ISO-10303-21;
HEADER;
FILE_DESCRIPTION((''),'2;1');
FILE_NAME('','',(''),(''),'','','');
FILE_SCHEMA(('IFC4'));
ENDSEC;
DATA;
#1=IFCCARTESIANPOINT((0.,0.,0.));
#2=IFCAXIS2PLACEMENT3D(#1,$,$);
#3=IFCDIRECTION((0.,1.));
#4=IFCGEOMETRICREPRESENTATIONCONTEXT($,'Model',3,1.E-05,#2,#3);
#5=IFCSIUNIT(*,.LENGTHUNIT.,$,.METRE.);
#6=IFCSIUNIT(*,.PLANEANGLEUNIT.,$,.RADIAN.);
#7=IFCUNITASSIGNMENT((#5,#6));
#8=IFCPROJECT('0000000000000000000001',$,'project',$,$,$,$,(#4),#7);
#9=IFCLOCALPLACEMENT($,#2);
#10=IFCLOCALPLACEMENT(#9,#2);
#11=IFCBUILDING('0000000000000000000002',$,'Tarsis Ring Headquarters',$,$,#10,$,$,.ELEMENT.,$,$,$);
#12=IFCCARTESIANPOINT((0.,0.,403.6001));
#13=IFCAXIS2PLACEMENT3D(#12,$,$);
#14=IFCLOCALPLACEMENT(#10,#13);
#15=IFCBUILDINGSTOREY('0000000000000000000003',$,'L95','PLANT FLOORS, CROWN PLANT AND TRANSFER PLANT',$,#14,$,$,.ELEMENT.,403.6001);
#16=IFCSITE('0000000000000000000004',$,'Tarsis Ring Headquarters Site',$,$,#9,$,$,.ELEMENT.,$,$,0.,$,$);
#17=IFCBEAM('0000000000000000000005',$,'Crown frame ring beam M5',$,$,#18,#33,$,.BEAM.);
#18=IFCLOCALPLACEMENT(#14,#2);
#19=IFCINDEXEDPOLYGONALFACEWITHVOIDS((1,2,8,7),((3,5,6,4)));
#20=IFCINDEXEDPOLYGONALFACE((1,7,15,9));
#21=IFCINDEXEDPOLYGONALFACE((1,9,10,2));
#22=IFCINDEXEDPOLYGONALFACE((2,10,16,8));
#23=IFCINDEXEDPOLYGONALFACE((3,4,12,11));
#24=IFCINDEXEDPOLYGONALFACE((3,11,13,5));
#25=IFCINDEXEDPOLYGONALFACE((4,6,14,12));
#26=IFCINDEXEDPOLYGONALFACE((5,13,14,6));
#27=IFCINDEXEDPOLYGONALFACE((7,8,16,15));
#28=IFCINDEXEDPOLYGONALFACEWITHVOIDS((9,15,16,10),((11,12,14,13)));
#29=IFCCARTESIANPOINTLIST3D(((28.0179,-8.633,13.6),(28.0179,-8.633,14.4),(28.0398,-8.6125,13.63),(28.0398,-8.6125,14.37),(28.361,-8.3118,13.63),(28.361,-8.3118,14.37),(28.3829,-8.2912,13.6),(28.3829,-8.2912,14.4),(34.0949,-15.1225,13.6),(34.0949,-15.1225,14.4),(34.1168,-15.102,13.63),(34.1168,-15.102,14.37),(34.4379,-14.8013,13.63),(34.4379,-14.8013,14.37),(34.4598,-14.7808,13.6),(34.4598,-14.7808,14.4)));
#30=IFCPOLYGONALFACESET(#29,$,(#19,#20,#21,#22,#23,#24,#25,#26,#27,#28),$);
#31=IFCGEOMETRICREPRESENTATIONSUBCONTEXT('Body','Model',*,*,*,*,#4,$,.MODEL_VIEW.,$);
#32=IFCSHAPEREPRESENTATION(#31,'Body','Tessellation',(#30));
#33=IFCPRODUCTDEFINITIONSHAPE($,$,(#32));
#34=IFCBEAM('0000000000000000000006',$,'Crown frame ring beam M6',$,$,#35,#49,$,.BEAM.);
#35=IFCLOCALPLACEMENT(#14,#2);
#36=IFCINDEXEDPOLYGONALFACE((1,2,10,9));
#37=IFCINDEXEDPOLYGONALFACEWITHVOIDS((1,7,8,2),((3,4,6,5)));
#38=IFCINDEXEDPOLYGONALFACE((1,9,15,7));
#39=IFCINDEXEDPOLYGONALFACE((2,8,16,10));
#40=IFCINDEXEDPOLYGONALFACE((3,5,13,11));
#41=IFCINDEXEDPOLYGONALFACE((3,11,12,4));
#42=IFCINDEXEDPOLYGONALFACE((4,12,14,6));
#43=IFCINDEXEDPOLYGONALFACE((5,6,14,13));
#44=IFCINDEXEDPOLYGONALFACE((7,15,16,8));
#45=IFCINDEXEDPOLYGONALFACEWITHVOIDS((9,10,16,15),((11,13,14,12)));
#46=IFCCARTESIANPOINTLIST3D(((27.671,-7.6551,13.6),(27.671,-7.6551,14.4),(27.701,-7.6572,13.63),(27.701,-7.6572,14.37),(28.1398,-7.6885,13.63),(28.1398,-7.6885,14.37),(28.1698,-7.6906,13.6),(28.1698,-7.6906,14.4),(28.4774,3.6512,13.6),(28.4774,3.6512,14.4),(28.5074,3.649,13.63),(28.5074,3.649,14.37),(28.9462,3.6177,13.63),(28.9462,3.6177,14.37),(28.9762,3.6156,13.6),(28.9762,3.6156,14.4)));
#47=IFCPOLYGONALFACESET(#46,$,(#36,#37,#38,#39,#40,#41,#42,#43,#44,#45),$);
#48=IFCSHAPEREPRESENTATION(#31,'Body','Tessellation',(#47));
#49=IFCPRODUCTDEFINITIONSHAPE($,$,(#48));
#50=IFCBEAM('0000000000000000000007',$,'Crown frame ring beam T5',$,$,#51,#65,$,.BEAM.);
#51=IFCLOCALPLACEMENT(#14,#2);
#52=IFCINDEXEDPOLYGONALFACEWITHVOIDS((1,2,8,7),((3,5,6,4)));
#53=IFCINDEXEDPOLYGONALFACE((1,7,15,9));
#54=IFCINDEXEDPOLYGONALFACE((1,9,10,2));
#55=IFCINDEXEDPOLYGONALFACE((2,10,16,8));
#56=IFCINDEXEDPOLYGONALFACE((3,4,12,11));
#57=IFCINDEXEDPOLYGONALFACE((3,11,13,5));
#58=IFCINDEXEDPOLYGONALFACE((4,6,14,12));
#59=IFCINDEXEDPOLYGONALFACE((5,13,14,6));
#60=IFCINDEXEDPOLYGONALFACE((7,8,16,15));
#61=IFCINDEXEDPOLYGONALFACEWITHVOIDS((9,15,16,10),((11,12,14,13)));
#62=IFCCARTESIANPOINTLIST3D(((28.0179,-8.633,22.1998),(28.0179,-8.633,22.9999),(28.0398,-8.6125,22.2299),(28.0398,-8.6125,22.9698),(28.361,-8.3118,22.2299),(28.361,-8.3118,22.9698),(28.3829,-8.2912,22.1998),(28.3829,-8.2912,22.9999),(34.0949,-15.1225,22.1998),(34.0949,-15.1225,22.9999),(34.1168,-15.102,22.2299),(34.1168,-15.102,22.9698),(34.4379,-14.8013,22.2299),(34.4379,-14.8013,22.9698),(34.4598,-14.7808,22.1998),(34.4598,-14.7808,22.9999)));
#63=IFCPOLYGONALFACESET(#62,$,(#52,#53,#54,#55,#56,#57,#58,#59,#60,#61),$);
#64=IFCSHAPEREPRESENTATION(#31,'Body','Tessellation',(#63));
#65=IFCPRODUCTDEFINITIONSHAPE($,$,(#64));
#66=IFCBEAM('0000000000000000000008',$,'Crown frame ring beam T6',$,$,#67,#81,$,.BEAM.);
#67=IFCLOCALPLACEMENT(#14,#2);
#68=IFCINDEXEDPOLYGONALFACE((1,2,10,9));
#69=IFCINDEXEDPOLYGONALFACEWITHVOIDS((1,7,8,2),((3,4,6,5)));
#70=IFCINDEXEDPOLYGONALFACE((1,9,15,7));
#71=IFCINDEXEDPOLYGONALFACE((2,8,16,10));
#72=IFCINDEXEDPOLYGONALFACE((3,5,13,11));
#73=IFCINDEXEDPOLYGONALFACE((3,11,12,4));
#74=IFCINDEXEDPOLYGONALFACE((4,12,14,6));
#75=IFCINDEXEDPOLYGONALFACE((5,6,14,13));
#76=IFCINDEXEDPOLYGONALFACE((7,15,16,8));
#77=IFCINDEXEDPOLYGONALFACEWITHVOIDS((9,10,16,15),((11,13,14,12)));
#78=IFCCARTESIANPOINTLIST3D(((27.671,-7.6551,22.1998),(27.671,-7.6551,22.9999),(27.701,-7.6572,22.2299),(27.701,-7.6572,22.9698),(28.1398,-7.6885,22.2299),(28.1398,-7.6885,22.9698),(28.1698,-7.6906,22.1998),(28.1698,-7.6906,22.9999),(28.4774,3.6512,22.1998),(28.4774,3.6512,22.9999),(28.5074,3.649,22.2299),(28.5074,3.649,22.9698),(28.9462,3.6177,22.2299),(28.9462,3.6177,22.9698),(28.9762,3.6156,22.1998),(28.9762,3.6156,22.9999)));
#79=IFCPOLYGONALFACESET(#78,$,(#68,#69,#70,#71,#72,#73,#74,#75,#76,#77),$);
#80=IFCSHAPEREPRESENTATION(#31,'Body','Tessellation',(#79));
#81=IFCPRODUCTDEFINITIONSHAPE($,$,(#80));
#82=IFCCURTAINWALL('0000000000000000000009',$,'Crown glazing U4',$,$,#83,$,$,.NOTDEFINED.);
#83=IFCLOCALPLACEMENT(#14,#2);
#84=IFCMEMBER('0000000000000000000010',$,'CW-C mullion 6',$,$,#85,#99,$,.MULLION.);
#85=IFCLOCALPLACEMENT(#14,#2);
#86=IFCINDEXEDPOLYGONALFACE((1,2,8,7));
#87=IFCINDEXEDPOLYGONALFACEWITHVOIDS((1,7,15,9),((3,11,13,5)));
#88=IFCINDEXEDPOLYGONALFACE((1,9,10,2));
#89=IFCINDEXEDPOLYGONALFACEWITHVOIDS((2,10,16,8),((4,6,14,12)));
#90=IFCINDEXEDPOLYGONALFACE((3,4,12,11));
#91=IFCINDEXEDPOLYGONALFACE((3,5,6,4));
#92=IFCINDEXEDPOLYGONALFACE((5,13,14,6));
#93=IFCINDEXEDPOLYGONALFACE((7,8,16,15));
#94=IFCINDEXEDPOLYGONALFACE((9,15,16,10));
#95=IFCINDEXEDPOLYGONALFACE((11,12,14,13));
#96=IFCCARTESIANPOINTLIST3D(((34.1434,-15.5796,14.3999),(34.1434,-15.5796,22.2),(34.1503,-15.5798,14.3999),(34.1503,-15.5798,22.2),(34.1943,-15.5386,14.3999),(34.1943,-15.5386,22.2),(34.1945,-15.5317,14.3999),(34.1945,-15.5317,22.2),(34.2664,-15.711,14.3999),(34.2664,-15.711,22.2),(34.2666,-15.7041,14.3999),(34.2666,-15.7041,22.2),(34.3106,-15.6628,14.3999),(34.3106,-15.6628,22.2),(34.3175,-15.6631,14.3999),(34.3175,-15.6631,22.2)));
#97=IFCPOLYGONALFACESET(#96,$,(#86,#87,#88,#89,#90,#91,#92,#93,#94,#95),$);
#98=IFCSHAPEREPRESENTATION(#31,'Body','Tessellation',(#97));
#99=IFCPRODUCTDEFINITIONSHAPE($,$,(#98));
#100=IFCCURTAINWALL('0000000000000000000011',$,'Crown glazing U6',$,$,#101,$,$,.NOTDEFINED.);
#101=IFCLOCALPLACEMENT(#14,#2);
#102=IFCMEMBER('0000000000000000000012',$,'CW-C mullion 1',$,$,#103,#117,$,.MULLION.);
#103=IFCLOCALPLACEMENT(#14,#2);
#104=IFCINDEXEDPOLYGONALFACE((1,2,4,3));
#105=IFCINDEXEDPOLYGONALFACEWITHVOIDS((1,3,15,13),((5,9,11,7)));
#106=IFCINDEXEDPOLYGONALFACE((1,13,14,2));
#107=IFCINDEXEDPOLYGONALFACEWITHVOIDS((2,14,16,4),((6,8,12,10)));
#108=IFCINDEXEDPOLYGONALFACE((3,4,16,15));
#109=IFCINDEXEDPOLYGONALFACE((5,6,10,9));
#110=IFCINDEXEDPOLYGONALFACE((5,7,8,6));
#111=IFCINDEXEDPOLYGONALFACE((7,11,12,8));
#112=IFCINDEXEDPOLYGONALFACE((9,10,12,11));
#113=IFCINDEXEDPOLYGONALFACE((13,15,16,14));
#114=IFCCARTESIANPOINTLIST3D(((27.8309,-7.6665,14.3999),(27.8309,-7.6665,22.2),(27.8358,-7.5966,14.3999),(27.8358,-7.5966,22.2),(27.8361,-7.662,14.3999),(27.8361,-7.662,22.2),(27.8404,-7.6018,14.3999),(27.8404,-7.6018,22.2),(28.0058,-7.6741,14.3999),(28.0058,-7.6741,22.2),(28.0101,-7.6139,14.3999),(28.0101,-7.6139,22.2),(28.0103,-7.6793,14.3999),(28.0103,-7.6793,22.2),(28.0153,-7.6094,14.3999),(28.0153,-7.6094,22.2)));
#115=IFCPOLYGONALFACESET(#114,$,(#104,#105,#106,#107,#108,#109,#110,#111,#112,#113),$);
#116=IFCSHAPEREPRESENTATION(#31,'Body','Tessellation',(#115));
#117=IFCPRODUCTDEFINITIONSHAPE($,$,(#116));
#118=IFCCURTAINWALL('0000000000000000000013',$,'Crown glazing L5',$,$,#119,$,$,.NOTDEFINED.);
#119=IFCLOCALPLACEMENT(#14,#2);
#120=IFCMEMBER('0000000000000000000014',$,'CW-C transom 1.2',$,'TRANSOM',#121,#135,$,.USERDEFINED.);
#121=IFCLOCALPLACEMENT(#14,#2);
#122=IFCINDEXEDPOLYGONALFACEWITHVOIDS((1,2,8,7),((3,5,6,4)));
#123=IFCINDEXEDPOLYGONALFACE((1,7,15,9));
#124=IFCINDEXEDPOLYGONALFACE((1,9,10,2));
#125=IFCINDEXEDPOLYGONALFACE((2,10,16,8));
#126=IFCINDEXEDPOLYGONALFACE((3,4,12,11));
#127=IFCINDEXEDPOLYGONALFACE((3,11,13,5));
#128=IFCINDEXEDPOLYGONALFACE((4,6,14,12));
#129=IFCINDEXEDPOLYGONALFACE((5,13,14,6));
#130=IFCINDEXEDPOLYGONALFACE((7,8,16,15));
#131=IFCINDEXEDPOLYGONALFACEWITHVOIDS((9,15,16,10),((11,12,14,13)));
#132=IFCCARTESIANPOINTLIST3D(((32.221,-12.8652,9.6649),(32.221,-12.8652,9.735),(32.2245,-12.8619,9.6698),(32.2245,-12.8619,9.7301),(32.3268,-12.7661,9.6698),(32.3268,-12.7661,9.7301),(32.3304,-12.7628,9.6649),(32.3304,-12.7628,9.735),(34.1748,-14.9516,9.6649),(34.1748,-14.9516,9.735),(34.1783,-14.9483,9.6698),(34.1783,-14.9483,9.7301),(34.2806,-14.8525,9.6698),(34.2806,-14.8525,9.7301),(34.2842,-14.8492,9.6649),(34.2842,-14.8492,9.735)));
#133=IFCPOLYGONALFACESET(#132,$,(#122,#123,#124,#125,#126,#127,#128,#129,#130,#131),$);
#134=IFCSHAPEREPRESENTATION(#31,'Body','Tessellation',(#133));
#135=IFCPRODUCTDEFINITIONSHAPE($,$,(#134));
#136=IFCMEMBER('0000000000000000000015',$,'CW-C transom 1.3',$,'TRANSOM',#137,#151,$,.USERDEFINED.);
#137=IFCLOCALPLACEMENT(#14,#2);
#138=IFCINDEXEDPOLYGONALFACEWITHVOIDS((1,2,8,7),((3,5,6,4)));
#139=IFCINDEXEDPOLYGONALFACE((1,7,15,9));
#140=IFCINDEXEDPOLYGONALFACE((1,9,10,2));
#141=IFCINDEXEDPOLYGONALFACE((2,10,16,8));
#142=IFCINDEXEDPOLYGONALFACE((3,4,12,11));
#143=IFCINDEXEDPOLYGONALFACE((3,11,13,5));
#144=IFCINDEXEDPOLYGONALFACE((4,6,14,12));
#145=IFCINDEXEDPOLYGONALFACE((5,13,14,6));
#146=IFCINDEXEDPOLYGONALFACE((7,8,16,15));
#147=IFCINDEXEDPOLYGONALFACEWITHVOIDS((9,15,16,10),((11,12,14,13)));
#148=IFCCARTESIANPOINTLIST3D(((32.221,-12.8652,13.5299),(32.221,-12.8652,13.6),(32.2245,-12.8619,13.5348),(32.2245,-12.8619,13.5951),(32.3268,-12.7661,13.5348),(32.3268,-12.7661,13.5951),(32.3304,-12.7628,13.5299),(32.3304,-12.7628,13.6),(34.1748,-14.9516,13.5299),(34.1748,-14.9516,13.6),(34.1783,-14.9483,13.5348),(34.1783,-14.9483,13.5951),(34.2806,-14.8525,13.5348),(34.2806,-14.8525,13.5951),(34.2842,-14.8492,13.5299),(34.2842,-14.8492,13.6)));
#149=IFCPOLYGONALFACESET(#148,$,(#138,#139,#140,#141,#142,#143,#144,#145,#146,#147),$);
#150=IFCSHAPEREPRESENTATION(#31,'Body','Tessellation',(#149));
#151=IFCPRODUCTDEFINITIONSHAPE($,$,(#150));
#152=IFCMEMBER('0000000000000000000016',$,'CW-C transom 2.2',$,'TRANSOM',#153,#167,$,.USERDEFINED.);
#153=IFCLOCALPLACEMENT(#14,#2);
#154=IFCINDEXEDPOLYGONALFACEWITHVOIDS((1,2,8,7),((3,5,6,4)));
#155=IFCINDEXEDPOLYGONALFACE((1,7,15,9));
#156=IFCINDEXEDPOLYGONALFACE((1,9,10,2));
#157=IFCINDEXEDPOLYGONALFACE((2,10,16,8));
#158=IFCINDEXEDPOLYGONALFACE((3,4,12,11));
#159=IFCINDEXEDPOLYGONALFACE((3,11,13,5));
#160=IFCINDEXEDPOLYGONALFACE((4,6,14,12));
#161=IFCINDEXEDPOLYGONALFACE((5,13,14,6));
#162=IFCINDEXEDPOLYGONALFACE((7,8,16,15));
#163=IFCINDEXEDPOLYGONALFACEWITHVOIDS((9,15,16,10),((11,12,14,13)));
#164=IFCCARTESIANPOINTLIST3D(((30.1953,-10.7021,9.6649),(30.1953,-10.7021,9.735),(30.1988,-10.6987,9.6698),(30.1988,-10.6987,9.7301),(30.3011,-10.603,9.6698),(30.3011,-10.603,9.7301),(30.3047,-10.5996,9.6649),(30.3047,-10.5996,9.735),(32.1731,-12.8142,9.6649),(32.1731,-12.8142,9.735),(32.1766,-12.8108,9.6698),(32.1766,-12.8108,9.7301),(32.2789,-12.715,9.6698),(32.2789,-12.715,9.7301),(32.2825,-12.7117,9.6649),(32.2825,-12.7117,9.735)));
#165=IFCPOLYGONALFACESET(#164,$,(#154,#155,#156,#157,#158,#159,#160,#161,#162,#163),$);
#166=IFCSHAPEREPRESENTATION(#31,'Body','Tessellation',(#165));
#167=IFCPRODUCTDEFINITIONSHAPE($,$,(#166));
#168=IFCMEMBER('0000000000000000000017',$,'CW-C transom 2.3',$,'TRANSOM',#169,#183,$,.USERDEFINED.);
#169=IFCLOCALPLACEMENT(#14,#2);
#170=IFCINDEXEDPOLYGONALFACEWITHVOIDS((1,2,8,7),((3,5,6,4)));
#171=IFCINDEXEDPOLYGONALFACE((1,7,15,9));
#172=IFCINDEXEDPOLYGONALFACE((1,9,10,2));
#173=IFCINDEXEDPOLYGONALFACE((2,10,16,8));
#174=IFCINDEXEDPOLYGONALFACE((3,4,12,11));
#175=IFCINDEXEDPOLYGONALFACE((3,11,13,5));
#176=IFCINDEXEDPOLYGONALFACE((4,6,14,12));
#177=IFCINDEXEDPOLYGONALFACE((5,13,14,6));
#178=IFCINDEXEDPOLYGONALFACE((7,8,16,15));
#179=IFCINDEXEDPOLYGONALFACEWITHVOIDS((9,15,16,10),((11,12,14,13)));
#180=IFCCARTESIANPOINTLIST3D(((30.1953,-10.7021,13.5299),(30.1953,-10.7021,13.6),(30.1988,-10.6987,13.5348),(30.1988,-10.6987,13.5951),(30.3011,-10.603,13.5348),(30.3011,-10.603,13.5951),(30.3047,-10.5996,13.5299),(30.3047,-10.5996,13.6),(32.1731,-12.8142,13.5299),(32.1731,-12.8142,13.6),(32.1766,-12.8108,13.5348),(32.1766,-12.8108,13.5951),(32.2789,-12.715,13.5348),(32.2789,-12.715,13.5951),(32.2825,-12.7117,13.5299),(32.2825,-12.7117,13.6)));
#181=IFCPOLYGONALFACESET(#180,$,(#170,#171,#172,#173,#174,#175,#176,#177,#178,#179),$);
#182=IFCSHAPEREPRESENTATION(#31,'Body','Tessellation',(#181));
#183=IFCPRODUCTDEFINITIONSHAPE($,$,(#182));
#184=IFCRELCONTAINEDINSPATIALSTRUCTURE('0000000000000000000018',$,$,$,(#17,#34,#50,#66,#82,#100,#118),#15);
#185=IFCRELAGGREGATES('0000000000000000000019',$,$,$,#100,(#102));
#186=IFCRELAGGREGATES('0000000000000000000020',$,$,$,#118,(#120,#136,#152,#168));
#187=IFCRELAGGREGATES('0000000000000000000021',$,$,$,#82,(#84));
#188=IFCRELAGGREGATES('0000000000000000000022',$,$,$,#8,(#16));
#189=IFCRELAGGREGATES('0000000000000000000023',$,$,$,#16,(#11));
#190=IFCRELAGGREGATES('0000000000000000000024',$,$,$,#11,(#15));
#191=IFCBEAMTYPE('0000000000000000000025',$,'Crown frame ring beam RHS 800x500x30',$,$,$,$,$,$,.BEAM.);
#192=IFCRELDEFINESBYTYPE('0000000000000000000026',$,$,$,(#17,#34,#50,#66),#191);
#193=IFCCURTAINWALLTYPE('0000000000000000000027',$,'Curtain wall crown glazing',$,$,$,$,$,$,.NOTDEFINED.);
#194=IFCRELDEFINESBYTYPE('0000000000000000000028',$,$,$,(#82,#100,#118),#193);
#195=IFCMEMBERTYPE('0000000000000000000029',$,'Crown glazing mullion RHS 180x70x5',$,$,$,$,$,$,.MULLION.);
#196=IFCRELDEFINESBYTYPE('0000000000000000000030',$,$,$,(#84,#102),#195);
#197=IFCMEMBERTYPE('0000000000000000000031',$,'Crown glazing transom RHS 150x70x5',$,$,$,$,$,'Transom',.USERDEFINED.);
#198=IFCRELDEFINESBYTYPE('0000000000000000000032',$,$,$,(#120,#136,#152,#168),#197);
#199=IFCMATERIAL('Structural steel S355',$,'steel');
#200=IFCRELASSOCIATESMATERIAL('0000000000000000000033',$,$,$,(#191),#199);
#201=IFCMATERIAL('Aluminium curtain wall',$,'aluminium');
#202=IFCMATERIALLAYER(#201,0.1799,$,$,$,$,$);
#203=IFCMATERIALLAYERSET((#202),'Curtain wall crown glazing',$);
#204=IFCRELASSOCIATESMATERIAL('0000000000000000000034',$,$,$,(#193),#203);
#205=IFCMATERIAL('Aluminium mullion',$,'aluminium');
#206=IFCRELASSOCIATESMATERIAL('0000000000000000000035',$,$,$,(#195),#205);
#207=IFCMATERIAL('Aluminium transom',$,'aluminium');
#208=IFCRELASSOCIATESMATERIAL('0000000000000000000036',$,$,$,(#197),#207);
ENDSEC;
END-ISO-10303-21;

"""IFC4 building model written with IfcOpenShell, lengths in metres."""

from ifc_helpers import new_model, si_unit, direction, frame, origin, origin_2d, place, context, subcontext, project, spatial, hollow_rectangle, extrude, material, layer, layer_set, material_profile, profile_set, type_object, element, aggregate, save


model = new_model("IFC4")

# Units and contexts
model_context = context("Model", 3, precision=1e-05, world=origin(), true_north=direction((0.0, 1.0)))
body_context = subcontext(model_context, "Body", "Model", "MODEL_VIEW")
ifc_project = project(units=[si_unit("LENGTHUNIT", "METRE"), si_unit("PLANEANGLEUNIT", "RADIAN")], contexts=[model_context])

# Site, building, storey
site_placement = place(None, origin())
site = spatial("IfcSite", under=ifc_project, at=site_placement, Name="Tarsis Ring Headquarters Site", CompositionType="ELEMENT", RefElevation=0.0)
building_placement = place(site_placement, origin())
building = spatial("IfcBuilding", under=site, at=building_placement, Name="Tarsis Ring Headquarters", CompositionType="ELEMENT")
storey_placement = place(building_placement, frame((0.0, 0.0, 403.6001)))
storey = spatial("IfcBuildingStorey", under=building, at=storey_placement, Name="L95", Description="PLANT FLOORS, CROWN PLANT AND TRANSFER PLANT", CompositionType="ELEMENT", Elevation=403.6001)

# Beams
ifc_material_1 = material(Name="Structural steel S355", Category="steel")
ifc_material_profile_1 = material_profile(ifc_material_1, hollow_rectangle(XDim=0.5, YDim=0.8, WallThickness=0.03, at=origin_2d()), Name="RHS 800x500x30")
ifc_profile_set_1 = profile_set([ifc_material_profile_1], Name="Structural steel S355")
beam_type = type_object("IfcBeamType", Name="Crown frame ring beam RHS 800x500x30", PredefinedType="BEAM", material=ifc_profile_set_1)
beam_1_placement = place(storey_placement, frame((34.2773, -14.9517, 14.0), z_axis=(-0.683522, 0.72993, 0.0), x_axis=(-0.72993, -0.683522, 0.0)))
element("IfcBeam", 1, at=beam_1_placement, inside=storey, type_object=beam_type, Name="Crown frame ring beam M5", PredefinedType="BEAM", context=body_context, shape_type="SweptSolid", body=[
    extrude(hollow_rectangle(XDim=0.5, YDim=0.8, WallThickness=0.03, at=origin_2d()), origin(), (0.0, 0.0, 1.0), 8.8906),
])
beam_2_placement = place(storey_placement, frame((27.9204, -7.6729, 14.0), z_axis=(0.071143, 0.997466, 0.0), x_axis=(-0.997466, 0.071143, 0.0)))
element("IfcBeam", 2, at=beam_2_placement, inside=storey, type_object=beam_type, Name="Crown frame ring beam M6", PredefinedType="BEAM", context=body_context, shape_type="SweptSolid", body=[
    extrude(hollow_rectangle(XDim=0.5, YDim=0.8, WallThickness=0.03, at=origin_2d()), origin(), (0.0, 0.0, 1.0), 11.335),
])
beam_3_placement = place(storey_placement, frame((34.2773, -14.9517, 22.5999), z_axis=(-0.683522, 0.72993, 0.0), x_axis=(-0.72993, -0.683522, 0.0)))
element("IfcBeam", 3, at=beam_3_placement, inside=storey, type_object=beam_type, Name="Crown frame ring beam T5", PredefinedType="BEAM", context=body_context, shape_type="SweptSolid", body=[
    extrude(hollow_rectangle(XDim=0.5, YDim=0.8, WallThickness=0.03, at=origin_2d()), origin(), (0.0, 0.0, 1.0), 8.8906),
])
beam_4_placement = place(storey_placement, frame((27.9204, -7.6729, 22.5999), z_axis=(0.071143, 0.997466, 0.0), x_axis=(-0.997466, 0.071143, 0.0)))
element("IfcBeam", 4, at=beam_4_placement, inside=storey, type_object=beam_type, Name="Crown frame ring beam T6", PredefinedType="BEAM", context=body_context, shape_type="SweptSolid", body=[
    extrude(hollow_rectangle(XDim=0.5, YDim=0.8, WallThickness=0.03, at=origin_2d()), origin(), (0.0, 0.0, 1.0), 11.335),
])

# Curtain walls, members
ifc_material_2 = material(Name="Aluminium curtain wall", Category="aluminium")
ifc_layer_1 = layer(ifc_material_2, 0.1799)
ifc_layer_set_1 = layer_set([ifc_layer_1], Name="Curtain wall crown glazing")
curtain_wall_type = type_object("IfcCurtainWallType", Name="Curtain wall crown glazing", PredefinedType="NOTDEFINED", material=ifc_layer_set_1)
curtain_wall_1_placement = place(storey_placement, origin())
curtain_wall_1 = element("IfcCurtainWall", 5, at=curtain_wall_1_placement, inside=storey, type_object=curtain_wall_type, Name="Crown glazing U4", PredefinedType="NOTDEFINED")
ifc_material_3 = material(Name="Aluminium mullion", Category="aluminium")
ifc_material_profile_2 = material_profile(ifc_material_3, hollow_rectangle(XDim=0.1799, YDim=0.0701, WallThickness=0.0049, at=origin_2d()), Name="RHS 180x70x5")
ifc_profile_set_2 = profile_set([ifc_material_profile_2], Name="Aluminium mullion")
member_type_1 = type_object("IfcMemberType", Name="Crown glazing mullion RHS 180x70x5", PredefinedType="MULLION", material=ifc_profile_set_2)
member_1_placement = place(storey_placement, frame((34.2305, -15.6213, 14.3999), z_axis=(0.0, 0.0, 1.0), x_axis=(-0.683529, 0.729924, 0.0)))
member_1 = element("IfcMember", 6, at=member_1_placement, type_object=member_type_1, Name="CW-C mullion 6", PredefinedType="MULLION", context=body_context, shape_type="SweptSolid", body=[
    extrude(hollow_rectangle(XDim=0.1799, YDim=0.0701, WallThickness=0.0049, at=origin_2d()), origin(), (0.0, 0.0, 1.0), 7.8),
])
curtain_wall_2_placement = place(storey_placement, origin())
curtain_wall_2 = element("IfcCurtainWall", 7, at=curtain_wall_2_placement, inside=storey, type_object=curtain_wall_type, Name="Crown glazing U6", PredefinedType="NOTDEFINED")
member_2_placement = place(storey_placement, frame((27.9231, -7.6379, 14.3999), z_axis=(0.0, 0.0, 1.0), x_axis=(-0.997467, 0.071127, 0.0)))
member_2 = element("IfcMember", 8, at=member_2_placement, type_object=member_type_1, Name="CW-C mullion 1", PredefinedType="MULLION", context=body_context, shape_type="SweptSolid", body=[
    extrude(hollow_rectangle(XDim=0.1799, YDim=0.0701, WallThickness=0.0049, at=origin_2d()), origin(), (0.0, 0.0, 1.0), 7.8),
])

# Curtain wall, members
curtain_wall_3_placement = place(storey_placement, origin())
curtain_wall_3 = element("IfcCurtainWall", 9, at=curtain_wall_3_placement, inside=storey, type_object=curtain_wall_type, Name="Crown glazing L5", PredefinedType="NOTDEFINED")
ifc_material_4 = material(Name="Aluminium transom", Category="aluminium")
ifc_material_profile_3 = material_profile(ifc_material_4, hollow_rectangle(XDim=0.1499, YDim=0.0701, WallThickness=0.0049, at=origin_2d()), Name="RHS 150x70x5")
ifc_profile_set_3 = profile_set([ifc_material_profile_3], Name="Aluminium transom")
member_type_2 = type_object("IfcMemberType", Name="Crown glazing transom RHS 150x70x5", ElementType="Transom", PredefinedType="USERDEFINED", material=ifc_profile_set_3)
member_3_placement = place(storey_placement, frame((34.2295, -14.9004, 9.7), z_axis=(-0.683538, 0.729915, 0.0), x_axis=(-0.729915, -0.683538, 0.0)))
member_3 = element("IfcMember", 10, at=member_3_placement, type_object=member_type_2, Name="CW-C transom 1.2", ObjectType="TRANSOM", PredefinedType="USERDEFINED", context=body_context, shape_type="SweptSolid", body=[
    extrude(hollow_rectangle(XDim=0.1499, YDim=0.0701, WallThickness=0.0049, at=origin_2d()), origin(), (0.0, 0.0, 1.0), 2.8584),
])
member_4_placement = place(storey_placement, frame((34.2295, -14.9004, 13.5649), z_axis=(-0.683538, 0.729915, 0.0), x_axis=(-0.729915, -0.683538, 0.0)))
member_4 = element("IfcMember", 11, at=member_4_placement, type_object=member_type_2, Name="CW-C transom 1.3", ObjectType="TRANSOM", PredefinedType="USERDEFINED", context=body_context, shape_type="SweptSolid", body=[
    extrude(hollow_rectangle(XDim=0.1499, YDim=0.0701, WallThickness=0.0049, at=origin_2d()), origin(), (0.0, 0.0, 1.0), 2.8584),
])
member_5_placement = place(storey_placement, frame((32.2278, -12.7629, 9.7), z_axis=(-0.683523, 0.729929, 0.0), x_axis=(-0.729929, -0.683523, 0.0)))
member_5 = element("IfcMember", 12, at=member_5_placement, type_object=member_type_2, Name="CW-C transom 2.2", ObjectType="TRANSOM", PredefinedType="USERDEFINED", context=body_context, shape_type="SweptSolid", body=[
    extrude(hollow_rectangle(XDim=0.1499, YDim=0.0701, WallThickness=0.0049, at=origin_2d()), origin(), (0.0, 0.0, 1.0), 2.8936),
])
member_6_placement = place(storey_placement, frame((32.2278, -12.7629, 13.5649), z_axis=(-0.683523, 0.729929, 0.0), x_axis=(-0.729929, -0.683523, 0.0)))
member_6 = element("IfcMember", 13, at=member_6_placement, type_object=member_type_2, Name="CW-C transom 2.3", ObjectType="TRANSOM", PredefinedType="USERDEFINED", context=body_context, shape_type="SweptSolid", body=[
    extrude(hollow_rectangle(XDim=0.1499, YDim=0.0701, WallThickness=0.0049, at=origin_2d()), origin(), (0.0, 0.0, 1.0), 2.8936),
])

aggregate(curtain_wall_2, [member_2])

aggregate(curtain_wall_3, [member_3, member_4, member_5, member_6])
aggregate(curtain_wall_1, [member_1])

save(model, "model.ifc")
